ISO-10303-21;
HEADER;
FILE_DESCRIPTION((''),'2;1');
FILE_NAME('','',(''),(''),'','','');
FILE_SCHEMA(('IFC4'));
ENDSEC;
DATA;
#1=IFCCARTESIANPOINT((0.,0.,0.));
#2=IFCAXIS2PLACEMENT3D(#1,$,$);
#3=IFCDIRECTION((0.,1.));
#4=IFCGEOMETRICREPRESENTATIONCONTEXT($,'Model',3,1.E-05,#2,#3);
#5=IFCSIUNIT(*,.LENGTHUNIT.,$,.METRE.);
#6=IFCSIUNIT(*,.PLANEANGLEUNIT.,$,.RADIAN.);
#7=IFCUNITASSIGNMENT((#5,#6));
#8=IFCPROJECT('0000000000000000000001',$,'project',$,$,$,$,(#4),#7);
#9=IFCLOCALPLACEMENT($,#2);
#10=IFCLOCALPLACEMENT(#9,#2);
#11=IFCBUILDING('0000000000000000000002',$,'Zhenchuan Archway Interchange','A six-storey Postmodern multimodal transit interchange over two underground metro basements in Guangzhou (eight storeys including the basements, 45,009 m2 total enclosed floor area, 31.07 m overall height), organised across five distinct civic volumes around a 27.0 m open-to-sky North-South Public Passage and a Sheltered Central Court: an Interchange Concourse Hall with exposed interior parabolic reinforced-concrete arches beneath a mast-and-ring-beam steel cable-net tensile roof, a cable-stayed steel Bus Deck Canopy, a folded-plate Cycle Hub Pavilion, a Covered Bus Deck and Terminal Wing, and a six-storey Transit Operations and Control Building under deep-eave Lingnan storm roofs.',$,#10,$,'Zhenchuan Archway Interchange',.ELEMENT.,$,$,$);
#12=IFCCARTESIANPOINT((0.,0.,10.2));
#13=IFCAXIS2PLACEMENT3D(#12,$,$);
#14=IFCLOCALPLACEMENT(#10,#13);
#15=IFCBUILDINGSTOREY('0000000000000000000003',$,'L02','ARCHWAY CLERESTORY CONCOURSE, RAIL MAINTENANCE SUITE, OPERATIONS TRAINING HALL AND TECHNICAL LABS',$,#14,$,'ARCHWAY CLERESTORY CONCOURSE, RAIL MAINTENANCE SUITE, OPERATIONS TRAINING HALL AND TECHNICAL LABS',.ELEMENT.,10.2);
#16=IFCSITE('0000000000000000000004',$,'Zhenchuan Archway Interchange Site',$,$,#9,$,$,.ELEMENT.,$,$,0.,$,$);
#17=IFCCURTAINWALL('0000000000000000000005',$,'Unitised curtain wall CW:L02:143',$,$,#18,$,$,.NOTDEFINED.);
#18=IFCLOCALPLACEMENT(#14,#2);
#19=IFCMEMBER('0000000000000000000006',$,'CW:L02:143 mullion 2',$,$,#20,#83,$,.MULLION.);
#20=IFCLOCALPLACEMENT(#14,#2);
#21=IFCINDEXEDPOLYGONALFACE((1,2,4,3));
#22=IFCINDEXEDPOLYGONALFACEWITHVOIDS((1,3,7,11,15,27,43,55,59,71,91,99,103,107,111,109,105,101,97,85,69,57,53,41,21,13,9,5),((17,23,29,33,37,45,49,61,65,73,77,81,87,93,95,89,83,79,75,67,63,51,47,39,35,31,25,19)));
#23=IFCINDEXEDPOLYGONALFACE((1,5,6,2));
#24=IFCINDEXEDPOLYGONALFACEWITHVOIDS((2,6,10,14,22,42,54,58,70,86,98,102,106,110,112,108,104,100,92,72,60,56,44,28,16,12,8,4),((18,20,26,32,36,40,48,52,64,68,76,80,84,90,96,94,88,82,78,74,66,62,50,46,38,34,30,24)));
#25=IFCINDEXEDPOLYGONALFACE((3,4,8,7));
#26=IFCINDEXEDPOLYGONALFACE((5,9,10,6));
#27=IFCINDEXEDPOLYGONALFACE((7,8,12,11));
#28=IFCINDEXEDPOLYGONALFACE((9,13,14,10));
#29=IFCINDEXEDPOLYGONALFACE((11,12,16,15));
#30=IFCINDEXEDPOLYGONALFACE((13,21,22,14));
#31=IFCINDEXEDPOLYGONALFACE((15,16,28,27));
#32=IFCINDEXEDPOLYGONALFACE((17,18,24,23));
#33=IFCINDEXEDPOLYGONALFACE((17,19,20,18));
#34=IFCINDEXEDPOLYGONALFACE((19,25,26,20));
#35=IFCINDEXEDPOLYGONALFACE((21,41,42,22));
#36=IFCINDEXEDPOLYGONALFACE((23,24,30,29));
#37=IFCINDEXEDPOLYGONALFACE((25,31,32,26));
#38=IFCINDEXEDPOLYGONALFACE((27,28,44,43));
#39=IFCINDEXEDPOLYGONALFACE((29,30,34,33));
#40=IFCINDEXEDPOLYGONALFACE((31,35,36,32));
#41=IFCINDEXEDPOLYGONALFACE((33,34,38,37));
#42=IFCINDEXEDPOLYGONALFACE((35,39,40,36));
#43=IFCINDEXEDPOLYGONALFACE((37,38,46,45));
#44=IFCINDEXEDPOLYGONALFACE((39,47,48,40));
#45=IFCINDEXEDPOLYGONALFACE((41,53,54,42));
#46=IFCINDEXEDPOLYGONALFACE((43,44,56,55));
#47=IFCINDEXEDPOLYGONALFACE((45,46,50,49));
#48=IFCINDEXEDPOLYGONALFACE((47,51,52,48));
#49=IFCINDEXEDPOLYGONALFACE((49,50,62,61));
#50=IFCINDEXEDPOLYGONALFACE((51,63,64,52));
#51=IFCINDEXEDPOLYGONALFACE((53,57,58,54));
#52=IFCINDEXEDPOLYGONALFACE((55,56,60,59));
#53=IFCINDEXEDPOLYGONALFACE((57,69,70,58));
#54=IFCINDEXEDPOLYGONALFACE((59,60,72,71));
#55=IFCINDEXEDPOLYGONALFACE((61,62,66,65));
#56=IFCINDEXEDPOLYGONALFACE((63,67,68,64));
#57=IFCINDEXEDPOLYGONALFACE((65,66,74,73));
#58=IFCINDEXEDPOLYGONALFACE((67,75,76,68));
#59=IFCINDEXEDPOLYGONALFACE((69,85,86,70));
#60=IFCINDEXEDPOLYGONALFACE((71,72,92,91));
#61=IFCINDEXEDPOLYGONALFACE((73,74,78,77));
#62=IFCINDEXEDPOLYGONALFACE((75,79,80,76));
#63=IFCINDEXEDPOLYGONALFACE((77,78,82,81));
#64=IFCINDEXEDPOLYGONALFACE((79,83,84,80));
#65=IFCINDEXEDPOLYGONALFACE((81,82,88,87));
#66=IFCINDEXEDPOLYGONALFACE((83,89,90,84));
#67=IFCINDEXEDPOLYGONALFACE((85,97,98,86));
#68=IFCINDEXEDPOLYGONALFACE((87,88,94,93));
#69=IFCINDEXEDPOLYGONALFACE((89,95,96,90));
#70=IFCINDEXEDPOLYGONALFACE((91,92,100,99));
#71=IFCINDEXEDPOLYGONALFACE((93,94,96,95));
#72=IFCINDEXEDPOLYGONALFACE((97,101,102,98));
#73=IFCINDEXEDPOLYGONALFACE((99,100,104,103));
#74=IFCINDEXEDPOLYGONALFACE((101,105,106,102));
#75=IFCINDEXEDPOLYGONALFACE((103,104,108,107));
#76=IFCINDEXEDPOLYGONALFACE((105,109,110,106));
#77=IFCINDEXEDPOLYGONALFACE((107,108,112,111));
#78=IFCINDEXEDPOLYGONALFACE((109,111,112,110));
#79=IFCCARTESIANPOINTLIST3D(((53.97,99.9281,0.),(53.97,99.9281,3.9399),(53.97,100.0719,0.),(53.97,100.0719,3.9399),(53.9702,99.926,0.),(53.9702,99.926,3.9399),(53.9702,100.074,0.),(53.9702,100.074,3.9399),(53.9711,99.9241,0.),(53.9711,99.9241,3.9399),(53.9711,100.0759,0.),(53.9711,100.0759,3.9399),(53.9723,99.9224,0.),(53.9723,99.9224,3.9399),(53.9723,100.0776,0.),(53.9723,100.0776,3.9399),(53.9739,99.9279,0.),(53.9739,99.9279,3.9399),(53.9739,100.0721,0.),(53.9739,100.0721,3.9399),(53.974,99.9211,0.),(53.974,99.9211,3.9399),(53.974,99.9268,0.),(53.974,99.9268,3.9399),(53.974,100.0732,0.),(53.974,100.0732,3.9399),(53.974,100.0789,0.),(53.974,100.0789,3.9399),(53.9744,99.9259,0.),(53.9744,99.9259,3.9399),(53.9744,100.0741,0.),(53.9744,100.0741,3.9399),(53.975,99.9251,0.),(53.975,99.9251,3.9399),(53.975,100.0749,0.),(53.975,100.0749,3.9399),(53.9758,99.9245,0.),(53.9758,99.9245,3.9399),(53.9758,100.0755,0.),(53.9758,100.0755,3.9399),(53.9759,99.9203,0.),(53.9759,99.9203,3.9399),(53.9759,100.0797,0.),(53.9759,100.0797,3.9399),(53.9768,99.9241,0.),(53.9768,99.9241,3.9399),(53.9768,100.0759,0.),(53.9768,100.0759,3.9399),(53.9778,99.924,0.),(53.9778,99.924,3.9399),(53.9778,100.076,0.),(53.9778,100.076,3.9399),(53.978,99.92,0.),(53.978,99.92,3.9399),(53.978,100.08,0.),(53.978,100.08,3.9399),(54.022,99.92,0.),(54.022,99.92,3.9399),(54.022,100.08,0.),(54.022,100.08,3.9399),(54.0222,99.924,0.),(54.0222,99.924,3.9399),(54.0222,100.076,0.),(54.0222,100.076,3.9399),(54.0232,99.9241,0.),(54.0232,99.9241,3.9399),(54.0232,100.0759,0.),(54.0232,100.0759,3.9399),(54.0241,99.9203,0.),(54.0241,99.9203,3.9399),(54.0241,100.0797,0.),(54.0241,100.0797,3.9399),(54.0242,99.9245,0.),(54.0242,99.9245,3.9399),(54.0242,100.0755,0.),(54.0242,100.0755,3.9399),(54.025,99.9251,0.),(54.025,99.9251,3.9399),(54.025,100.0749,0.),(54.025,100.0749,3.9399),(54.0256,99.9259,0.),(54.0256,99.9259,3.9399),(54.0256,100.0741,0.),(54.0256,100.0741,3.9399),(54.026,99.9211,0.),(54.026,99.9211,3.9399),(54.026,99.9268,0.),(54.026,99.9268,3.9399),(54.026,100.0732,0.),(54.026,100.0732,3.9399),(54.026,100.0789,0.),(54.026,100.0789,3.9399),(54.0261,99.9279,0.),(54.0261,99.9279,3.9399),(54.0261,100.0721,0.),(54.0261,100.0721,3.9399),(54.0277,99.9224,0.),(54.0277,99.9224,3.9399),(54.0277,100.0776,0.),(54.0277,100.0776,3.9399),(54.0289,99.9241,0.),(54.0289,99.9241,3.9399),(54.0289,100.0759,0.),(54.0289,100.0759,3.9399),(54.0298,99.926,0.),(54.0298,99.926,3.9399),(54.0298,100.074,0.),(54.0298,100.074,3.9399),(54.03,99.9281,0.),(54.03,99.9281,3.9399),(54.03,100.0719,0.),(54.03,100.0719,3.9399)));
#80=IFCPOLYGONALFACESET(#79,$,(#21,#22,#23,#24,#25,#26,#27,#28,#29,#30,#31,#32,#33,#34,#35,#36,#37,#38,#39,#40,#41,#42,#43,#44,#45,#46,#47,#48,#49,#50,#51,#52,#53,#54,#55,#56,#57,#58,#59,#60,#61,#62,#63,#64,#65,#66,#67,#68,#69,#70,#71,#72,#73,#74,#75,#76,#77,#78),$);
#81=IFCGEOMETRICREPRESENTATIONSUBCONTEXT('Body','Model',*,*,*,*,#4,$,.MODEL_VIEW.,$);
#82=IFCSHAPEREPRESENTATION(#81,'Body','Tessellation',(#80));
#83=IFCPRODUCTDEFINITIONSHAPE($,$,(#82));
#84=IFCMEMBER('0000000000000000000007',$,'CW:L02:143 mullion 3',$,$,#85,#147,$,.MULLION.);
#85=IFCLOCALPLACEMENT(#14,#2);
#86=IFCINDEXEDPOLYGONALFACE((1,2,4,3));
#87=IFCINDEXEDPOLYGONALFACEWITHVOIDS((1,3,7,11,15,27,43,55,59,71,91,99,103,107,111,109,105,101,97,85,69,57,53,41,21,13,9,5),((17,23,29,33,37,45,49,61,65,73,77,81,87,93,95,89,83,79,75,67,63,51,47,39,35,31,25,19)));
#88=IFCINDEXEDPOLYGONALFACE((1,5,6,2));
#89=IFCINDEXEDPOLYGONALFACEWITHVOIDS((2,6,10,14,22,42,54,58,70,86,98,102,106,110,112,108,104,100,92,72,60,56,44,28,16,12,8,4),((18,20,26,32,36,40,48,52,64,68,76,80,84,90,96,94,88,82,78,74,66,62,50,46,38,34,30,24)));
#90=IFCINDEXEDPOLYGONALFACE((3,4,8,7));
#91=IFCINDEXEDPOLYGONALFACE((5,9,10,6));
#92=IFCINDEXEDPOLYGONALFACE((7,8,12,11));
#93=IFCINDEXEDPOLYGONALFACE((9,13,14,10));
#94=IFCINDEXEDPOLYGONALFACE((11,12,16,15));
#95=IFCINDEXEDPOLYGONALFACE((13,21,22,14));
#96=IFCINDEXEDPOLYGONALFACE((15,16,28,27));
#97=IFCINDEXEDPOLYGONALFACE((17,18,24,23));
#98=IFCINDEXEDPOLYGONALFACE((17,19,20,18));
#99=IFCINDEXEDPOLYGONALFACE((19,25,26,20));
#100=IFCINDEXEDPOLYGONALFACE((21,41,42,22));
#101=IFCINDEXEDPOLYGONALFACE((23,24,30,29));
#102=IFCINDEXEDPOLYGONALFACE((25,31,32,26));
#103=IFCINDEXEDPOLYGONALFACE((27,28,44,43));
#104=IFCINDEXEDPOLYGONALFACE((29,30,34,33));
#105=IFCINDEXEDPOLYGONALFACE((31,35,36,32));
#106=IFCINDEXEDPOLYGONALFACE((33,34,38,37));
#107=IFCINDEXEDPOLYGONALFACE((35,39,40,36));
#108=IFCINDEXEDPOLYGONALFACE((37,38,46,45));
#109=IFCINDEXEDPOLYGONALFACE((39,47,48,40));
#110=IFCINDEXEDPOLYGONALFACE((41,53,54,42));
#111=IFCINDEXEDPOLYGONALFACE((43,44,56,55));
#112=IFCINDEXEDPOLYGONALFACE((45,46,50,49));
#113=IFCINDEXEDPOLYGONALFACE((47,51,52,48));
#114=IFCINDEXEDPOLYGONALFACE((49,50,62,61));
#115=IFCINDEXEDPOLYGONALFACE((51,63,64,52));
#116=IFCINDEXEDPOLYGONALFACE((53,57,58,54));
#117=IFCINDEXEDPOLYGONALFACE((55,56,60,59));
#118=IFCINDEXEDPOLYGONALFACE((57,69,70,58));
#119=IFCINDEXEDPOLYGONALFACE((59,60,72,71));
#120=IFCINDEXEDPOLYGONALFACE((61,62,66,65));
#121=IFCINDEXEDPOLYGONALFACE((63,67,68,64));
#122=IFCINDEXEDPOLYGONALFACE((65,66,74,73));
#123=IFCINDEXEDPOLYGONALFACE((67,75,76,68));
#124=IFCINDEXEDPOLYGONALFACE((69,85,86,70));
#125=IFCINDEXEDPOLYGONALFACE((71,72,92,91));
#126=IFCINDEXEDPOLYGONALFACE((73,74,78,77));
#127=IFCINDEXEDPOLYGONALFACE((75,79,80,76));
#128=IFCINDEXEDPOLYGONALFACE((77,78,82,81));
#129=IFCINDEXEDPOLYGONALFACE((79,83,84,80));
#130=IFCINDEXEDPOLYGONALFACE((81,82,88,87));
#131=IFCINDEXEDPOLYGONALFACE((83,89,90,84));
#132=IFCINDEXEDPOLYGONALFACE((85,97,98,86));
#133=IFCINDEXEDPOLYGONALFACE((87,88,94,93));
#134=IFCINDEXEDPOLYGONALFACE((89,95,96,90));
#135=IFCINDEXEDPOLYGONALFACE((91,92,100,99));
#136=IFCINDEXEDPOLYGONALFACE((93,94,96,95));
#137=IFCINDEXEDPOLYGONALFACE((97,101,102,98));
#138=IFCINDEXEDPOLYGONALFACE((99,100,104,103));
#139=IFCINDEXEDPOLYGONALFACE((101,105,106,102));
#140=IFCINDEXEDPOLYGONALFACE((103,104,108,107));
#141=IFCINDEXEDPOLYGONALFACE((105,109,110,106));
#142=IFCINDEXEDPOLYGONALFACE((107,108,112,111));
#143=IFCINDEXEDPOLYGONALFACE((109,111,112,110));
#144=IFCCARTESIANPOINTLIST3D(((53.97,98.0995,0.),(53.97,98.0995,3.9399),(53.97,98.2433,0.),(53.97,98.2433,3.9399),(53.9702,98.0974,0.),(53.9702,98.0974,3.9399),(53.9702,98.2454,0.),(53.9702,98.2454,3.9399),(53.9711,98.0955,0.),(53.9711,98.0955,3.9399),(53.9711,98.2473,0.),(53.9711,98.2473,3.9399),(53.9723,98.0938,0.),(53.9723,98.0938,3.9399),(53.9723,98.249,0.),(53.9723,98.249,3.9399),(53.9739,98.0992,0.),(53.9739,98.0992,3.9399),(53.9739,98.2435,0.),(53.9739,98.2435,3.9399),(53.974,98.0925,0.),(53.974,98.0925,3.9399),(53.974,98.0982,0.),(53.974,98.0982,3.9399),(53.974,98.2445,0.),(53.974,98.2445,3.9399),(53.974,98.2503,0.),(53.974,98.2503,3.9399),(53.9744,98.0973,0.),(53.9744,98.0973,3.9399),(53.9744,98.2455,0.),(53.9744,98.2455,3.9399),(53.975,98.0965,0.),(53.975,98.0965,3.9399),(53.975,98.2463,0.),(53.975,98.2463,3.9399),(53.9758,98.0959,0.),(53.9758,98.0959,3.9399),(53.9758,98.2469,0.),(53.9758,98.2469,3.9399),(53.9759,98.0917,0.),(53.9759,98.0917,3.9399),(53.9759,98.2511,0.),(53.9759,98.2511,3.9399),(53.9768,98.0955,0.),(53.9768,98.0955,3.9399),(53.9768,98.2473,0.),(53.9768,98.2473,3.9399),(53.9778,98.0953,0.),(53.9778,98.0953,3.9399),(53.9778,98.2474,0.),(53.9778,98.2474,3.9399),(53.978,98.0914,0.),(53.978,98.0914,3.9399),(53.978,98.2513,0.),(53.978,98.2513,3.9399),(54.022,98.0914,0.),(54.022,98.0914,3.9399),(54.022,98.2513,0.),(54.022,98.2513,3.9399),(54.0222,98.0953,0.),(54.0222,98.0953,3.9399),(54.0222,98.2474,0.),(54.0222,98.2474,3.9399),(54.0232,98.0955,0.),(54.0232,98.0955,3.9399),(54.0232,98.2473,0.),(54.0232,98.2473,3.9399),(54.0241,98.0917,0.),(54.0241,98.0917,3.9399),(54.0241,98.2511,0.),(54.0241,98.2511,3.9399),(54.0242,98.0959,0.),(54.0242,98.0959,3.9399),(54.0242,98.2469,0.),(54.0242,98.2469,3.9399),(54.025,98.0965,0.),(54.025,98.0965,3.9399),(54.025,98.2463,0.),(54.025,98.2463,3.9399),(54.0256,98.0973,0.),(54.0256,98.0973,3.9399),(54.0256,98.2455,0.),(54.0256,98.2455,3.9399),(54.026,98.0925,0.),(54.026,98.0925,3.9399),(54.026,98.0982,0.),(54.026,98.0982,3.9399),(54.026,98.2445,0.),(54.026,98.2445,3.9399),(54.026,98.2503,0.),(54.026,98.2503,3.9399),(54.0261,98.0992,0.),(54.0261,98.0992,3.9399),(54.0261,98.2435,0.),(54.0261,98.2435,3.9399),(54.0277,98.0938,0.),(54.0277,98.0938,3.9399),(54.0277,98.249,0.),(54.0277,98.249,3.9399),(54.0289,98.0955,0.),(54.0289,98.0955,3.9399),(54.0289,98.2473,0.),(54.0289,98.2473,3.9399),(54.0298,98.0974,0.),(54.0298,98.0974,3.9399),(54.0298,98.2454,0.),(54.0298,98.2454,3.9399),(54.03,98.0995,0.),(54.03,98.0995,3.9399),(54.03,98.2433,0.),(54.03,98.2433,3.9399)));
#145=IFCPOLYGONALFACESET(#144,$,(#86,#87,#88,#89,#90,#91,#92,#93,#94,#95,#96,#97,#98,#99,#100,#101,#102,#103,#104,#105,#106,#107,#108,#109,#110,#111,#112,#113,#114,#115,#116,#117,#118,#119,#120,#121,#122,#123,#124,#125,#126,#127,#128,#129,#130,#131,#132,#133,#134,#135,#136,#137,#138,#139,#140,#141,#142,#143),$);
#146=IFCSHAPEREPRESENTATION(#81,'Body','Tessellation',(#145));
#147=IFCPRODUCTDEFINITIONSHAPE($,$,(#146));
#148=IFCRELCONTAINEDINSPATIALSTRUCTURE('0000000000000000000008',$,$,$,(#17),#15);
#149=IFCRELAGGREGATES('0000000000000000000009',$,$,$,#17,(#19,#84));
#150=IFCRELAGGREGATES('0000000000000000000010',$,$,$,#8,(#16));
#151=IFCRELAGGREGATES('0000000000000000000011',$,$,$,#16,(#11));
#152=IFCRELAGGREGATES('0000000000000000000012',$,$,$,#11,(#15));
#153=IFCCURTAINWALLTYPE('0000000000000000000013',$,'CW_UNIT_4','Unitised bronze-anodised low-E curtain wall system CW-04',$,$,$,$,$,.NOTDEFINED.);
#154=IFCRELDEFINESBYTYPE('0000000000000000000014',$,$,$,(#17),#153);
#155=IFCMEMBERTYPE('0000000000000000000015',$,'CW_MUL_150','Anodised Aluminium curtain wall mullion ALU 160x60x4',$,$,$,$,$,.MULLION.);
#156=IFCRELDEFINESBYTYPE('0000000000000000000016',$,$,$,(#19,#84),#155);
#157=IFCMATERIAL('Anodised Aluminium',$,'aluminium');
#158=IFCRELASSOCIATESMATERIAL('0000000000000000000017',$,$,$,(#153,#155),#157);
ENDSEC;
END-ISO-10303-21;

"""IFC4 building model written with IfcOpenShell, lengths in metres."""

from ifc_helpers import new_model, si_unit, direction, frame, origin, origin_2d, place, context, subcontext, project, spatial, hollow_rectangle, extrude, material, material_profile, profile_set, type_object, element, aggregate, save


model = new_model("IFC4")

# Units and contexts
model_context = context("Model", 3, precision=1e-05, world=origin(), true_north=direction((0.0, 1.0)))
body_context = subcontext(model_context, "Body", "Model", "MODEL_VIEW")
ifc_project = project(units=[si_unit("LENGTHUNIT", "METRE"), si_unit("PLANEANGLEUNIT", "RADIAN")], contexts=[model_context])

# Site, building, storey
site_placement = place(None, origin())
site = spatial("IfcSite", under=ifc_project, at=site_placement, Name="Zhenchuan Archway Interchange Site", CompositionType="ELEMENT", RefElevation=0.0)
building_placement = place(site_placement, origin())
building = spatial("IfcBuilding", under=site, at=building_placement, Name="Zhenchuan Archway Interchange", Description="A six-storey Postmodern multimodal transit interchange over two underground metro basements in Guangzhou (eight storeys including the basements, 45,009 m2 total enclosed floor area, 31.07 m overall height), organised across five distinct civic volumes around a 27.0 m open-to-sky North-South Public Passage and a Sheltered Central Court: an Interchange Concourse Hall with exposed interior parabolic reinforced-concrete arches beneath a mast-and-ring-beam steel cable-net tensile roof, a cable-stayed steel Bus Deck Canopy, a folded-plate Cycle Hub Pavilion, a Covered Bus Deck and Terminal Wing, and a six-storey Transit Operations and Control Building under deep-eave Lingnan storm roofs.", LongName="Zhenchuan Archway Interchange", CompositionType="ELEMENT")
storey_placement = place(building_placement, frame((0.0, 0.0, 10.2)))
storey = spatial("IfcBuildingStorey", under=building, at=storey_placement, Name="L02", Description="ARCHWAY CLERESTORY CONCOURSE, RAIL MAINTENANCE SUITE, OPERATIONS TRAINING HALL AND TECHNICAL LABS", LongName="ARCHWAY CLERESTORY CONCOURSE, RAIL MAINTENANCE SUITE, OPERATIONS TRAINING HALL AND TECHNICAL LABS", CompositionType="ELEMENT", Elevation=10.2)

# Curtain wall, members
ifc_material_1 = material(Name="Anodised Aluminium", Category="aluminium")
curtain_wall_type = type_object("IfcCurtainWallType", Name="CW_UNIT_4", Description="Unitised bronze-anodised low-E curtain wall system CW-04", PredefinedType="NOTDEFINED", material=ifc_material_1)
curtain_wall_placement = place(storey_placement, origin())
curtain_wall = element("IfcCurtainWall", 1, at=curtain_wall_placement, inside=storey, type_object=curtain_wall_type, Name="Unitised curtain wall CW:L02:143", PredefinedType="NOTDEFINED")
ifc_material_profile_1 = material_profile(ifc_material_1, hollow_rectangle(XDim=0.0601, YDim=0.1599, WallThickness=0.0039, InnerFilletRadius=0.0039, OuterFilletRadius=0.0081, at=origin_2d()), Name="ALU 160x60x4")
ifc_profile_set_1 = profile_set([ifc_material_profile_1], Name="Anodised Aluminium")
member_type_1 = type_object("IfcMemberType", Name="CW_MUL_150", Description="Anodised Aluminium curtain wall mullion ALU 160x60x4", PredefinedType="MULLION", material=ifc_profile_set_1)
member_1_placement = place(storey_placement, frame((54.0, 100.0, 0.0), z_axis=(0.0, 0.0, 1.0), x_axis=(1.0, 0.0, 0.0)))
member_1 = element("IfcMember", 2, at=member_1_placement, type_object=member_type_1, Name="CW:L02:143 mullion 2", PredefinedType="MULLION", context=body_context, shape_type="SweptSolid", body=[
    extrude(hollow_rectangle(XDim=0.0601, YDim=0.1599, WallThickness=0.0039, InnerFilletRadius=0.0039, OuterFilletRadius=0.0081, at=origin_2d()), origin(), (0.0, 0.0, 1.0), 3.9399),
])
member_2_placement = place(storey_placement, frame((54.0, 98.1714, 0.0), z_axis=(0.0, 0.0, 1.0), x_axis=(1.0, 0.0, 0.0)))
member_2 = element("IfcMember", 3, at=member_2_placement, type_object=member_type_1, Name="CW:L02:143 mullion 3", PredefinedType="MULLION", context=body_context, shape_type="SweptSolid", body=[
    extrude(hollow_rectangle(XDim=0.0601, YDim=0.1599, WallThickness=0.0039, InnerFilletRadius=0.0039, OuterFilletRadius=0.0081, at=origin_2d()), origin(), (0.0, 0.0, 1.0), 3.9399),
])
aggregate(curtain_wall, [member_1, member_2])

save(model, "model.ifc")
